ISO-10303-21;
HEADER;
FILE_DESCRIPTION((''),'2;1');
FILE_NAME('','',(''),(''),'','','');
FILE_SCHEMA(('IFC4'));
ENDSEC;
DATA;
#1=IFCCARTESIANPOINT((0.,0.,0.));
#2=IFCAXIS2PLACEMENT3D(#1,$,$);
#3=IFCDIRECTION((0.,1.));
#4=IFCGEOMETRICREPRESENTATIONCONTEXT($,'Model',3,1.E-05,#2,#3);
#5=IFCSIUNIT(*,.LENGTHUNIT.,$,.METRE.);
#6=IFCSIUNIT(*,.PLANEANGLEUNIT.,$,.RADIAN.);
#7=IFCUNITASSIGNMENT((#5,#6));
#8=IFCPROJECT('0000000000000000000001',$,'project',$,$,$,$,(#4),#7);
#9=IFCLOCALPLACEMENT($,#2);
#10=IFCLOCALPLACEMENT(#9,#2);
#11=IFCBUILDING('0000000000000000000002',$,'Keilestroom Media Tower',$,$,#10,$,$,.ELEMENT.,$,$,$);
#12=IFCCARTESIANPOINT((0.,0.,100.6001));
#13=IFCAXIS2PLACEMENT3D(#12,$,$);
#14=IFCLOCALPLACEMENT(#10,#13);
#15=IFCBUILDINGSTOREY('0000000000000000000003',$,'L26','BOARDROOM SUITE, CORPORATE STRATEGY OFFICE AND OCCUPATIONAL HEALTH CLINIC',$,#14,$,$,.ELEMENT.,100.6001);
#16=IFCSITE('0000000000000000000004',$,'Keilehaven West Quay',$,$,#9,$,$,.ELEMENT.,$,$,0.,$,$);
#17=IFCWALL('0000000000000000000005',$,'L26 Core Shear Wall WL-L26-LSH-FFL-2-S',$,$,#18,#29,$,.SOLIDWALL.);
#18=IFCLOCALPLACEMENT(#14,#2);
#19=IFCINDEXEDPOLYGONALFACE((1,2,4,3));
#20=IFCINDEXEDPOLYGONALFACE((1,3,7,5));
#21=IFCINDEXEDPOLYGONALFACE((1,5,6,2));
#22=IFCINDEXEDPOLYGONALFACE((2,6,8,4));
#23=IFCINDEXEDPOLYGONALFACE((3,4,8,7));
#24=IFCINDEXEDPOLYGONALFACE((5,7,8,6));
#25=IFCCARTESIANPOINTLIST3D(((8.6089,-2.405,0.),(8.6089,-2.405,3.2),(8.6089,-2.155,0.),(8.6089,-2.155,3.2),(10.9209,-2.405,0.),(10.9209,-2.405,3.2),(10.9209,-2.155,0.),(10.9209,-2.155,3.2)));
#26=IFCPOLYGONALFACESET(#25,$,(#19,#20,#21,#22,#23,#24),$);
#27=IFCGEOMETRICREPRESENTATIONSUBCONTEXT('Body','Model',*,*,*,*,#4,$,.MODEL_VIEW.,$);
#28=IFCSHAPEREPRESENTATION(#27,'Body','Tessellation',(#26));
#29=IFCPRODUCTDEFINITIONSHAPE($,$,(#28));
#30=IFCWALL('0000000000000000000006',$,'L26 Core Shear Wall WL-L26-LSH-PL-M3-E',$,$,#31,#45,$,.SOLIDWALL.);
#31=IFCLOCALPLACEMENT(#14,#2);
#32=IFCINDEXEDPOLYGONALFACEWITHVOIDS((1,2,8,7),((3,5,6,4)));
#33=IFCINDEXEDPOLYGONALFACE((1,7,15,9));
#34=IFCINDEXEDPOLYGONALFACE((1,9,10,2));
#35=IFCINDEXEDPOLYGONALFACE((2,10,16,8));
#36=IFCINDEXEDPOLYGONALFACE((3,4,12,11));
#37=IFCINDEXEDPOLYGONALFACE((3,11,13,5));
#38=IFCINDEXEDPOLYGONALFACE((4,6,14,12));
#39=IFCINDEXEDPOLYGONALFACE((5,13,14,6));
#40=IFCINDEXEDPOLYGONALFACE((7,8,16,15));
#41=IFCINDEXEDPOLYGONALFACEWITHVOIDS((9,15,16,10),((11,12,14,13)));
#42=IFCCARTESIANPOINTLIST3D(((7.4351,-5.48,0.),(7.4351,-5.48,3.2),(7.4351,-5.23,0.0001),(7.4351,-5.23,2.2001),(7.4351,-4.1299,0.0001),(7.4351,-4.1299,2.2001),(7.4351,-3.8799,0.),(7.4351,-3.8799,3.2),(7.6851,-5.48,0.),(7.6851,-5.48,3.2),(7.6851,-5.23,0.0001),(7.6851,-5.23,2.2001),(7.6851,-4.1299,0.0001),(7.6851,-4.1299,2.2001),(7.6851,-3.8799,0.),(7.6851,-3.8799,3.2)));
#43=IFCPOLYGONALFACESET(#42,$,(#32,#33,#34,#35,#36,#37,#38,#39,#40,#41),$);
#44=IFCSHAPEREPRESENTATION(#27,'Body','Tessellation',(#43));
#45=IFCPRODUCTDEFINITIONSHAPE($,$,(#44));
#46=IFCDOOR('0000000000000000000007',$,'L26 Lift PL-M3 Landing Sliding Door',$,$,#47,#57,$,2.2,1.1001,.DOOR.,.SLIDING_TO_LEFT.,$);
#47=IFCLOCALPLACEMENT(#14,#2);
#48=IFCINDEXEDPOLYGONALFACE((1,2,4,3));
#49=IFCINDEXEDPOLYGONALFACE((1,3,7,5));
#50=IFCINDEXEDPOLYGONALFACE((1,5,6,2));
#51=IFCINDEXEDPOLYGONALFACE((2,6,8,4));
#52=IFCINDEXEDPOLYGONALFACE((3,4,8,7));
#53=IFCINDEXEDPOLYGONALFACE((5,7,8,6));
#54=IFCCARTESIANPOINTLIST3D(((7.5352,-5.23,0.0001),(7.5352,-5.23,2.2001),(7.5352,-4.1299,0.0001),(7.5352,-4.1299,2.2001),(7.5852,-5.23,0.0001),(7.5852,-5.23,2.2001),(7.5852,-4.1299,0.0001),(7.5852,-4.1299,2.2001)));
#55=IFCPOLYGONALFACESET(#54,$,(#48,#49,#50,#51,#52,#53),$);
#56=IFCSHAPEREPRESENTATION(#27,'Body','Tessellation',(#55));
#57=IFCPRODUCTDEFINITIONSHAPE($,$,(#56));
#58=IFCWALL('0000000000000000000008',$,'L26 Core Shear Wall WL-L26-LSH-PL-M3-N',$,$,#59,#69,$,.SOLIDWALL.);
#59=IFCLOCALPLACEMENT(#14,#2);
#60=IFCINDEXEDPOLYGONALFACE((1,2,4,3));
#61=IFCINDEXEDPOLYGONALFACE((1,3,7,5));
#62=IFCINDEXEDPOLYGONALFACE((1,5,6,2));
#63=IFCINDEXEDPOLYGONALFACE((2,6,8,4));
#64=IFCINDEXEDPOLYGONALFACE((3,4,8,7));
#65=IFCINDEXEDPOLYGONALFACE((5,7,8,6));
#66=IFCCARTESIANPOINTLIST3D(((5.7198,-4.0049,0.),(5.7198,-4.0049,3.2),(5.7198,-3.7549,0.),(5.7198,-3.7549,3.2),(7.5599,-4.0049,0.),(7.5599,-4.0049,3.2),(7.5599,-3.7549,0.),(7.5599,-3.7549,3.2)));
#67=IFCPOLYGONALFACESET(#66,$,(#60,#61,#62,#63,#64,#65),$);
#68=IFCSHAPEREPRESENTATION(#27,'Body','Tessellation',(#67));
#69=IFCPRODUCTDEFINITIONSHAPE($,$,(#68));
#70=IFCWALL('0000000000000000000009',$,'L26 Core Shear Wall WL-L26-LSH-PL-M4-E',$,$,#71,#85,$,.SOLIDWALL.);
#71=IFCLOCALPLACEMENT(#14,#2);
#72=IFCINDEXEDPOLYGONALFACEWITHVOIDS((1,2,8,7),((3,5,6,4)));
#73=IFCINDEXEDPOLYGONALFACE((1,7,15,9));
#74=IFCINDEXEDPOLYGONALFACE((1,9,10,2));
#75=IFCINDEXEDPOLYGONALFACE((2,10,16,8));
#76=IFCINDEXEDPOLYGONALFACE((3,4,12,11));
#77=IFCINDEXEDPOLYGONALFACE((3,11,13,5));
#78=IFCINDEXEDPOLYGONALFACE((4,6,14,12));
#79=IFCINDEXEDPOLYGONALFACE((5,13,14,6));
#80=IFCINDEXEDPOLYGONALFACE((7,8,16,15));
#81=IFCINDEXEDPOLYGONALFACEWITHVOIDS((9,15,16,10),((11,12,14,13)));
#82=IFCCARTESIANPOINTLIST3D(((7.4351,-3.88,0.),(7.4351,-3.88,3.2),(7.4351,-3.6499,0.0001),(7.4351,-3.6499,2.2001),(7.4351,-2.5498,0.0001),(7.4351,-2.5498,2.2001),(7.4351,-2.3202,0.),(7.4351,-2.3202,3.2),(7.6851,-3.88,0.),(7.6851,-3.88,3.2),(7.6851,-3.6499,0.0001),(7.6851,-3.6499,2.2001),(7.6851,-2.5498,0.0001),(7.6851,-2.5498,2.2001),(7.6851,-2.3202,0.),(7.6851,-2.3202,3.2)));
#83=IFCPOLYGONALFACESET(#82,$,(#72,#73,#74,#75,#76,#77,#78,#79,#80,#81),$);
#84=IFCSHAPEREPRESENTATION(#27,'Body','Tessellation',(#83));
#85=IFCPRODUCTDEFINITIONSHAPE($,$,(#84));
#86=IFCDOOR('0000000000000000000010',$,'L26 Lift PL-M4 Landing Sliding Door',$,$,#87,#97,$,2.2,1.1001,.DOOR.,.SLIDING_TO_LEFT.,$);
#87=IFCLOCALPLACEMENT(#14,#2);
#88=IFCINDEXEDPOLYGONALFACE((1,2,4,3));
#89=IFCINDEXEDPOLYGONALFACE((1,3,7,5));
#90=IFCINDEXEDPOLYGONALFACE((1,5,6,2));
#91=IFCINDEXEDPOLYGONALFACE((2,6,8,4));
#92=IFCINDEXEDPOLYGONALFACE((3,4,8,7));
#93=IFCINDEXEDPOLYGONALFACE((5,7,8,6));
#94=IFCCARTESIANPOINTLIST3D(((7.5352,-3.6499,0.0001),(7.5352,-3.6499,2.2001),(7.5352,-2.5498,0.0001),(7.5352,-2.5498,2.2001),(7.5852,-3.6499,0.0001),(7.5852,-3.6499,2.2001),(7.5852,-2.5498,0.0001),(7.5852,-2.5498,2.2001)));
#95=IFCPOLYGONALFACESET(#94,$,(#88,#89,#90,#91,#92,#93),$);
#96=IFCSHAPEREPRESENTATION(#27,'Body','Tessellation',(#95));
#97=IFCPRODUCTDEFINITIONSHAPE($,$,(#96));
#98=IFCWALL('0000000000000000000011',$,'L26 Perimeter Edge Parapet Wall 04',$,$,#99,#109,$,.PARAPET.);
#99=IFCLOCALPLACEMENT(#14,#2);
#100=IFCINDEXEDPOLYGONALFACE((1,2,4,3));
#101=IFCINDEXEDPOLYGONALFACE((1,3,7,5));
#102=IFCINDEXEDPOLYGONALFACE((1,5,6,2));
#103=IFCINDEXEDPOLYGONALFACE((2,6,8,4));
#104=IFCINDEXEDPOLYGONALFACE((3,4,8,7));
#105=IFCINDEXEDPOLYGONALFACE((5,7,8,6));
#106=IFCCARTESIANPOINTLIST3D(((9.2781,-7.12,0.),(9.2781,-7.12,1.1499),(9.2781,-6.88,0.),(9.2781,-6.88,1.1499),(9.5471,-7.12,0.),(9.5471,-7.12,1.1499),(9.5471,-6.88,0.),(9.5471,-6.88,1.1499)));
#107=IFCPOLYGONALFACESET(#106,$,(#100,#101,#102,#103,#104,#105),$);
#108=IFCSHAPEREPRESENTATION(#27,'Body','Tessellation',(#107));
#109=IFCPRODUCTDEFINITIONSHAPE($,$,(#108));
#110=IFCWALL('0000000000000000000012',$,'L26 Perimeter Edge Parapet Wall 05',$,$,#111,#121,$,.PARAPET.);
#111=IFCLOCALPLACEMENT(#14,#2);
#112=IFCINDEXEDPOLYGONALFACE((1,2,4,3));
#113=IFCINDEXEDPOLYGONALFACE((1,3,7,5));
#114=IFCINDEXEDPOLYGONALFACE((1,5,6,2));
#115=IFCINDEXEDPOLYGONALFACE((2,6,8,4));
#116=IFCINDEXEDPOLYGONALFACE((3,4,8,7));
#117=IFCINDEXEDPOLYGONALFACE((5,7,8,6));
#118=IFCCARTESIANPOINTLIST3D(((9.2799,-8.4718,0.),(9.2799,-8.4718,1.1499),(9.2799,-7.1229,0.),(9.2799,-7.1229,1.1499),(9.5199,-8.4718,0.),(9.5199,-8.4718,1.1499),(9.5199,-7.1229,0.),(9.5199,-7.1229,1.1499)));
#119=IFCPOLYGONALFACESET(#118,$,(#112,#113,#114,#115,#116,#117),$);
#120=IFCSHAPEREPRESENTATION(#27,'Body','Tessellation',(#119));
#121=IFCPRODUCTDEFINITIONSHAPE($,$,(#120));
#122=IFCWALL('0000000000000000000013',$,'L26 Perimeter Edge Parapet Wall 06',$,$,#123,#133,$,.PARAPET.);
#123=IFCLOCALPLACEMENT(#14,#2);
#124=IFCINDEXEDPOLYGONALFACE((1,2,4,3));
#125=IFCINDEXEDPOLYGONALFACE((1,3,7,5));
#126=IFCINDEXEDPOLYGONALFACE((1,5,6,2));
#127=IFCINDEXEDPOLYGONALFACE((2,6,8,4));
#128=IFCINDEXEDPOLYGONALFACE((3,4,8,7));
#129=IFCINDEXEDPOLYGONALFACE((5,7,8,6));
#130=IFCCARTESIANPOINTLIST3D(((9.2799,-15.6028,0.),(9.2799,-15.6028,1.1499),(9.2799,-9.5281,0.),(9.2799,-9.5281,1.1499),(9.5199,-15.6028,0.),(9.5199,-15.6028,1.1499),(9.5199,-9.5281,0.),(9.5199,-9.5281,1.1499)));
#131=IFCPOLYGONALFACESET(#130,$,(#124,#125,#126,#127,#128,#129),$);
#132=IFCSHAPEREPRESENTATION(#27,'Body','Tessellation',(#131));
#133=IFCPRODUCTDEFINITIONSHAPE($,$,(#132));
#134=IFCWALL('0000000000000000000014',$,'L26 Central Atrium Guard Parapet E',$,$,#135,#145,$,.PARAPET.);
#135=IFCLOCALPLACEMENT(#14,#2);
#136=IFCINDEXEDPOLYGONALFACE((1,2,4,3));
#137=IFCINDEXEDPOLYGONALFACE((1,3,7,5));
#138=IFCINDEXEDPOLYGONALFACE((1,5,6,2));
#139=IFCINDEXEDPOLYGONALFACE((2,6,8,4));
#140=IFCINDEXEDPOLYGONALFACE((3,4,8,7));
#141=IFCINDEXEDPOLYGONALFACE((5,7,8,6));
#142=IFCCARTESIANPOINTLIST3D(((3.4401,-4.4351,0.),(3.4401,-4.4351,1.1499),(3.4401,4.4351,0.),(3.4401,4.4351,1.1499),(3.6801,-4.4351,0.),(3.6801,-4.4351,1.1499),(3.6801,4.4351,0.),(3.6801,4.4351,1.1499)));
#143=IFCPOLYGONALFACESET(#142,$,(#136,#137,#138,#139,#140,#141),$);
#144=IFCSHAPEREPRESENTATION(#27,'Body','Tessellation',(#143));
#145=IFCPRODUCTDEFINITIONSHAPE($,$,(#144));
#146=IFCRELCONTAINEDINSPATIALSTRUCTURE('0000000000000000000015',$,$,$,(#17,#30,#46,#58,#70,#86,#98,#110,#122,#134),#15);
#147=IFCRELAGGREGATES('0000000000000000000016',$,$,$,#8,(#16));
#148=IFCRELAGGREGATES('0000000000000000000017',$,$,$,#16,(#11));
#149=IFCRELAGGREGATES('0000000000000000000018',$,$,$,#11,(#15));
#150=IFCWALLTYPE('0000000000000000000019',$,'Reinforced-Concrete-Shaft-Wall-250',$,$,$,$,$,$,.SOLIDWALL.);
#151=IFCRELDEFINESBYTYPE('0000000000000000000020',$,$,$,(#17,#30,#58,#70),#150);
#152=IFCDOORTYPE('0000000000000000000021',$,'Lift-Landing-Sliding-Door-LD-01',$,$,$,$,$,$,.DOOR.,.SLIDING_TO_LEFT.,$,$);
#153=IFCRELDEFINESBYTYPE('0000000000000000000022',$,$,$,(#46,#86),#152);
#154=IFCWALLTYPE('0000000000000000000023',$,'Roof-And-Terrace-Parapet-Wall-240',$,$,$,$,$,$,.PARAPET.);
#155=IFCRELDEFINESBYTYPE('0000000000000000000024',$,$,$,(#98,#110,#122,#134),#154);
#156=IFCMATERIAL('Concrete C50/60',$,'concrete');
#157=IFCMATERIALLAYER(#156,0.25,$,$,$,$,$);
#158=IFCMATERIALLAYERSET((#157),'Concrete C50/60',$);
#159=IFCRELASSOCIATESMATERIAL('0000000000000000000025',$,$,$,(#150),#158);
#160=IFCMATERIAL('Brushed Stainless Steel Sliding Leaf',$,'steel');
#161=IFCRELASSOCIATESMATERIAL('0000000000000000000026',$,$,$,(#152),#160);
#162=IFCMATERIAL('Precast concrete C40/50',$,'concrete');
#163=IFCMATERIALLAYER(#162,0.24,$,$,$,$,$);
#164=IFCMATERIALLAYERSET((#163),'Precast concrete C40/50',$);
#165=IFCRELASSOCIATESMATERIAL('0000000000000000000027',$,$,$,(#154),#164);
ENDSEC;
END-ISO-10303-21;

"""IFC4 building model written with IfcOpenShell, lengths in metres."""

from ifc_helpers import new_model, si_unit, direction, frame, frame_2d, origin, place, context, subcontext, project, spatial, rectangle, extrude, source, transform, mapped, material, layer, layer_set, type_object, element, fill, save


model = new_model("IFC4")

# Units and contexts
model_context = context("Model", 3, precision=1e-05, world=origin(), true_north=direction((0.0, 1.0)))
body_context = subcontext(model_context, "Body", "Model", "MODEL_VIEW")
ifc_project = project(units=[si_unit("LENGTHUNIT", "METRE"), si_unit("PLANEANGLEUNIT", "RADIAN")], contexts=[model_context])

# Site, building, storey
site_placement = place(None, origin())
site = spatial("IfcSite", under=ifc_project, at=site_placement, Name="Keilehaven West Quay", CompositionType="ELEMENT", RefElevation=0.0)
building_placement = place(site_placement, origin())
building = spatial("IfcBuilding", under=site, at=building_placement, Name="Keilestroom Media Tower", CompositionType="ELEMENT")
storey_placement = place(building_placement, frame((0.0, 0.0, 100.6001)))
storey = spatial("IfcBuildingStorey", under=building, at=storey_placement, Name="L26", Description="BOARDROOM SUITE, CORPORATE STRATEGY OFFICE AND OCCUPATIONAL HEALTH CLINIC", CompositionType="ELEMENT", Elevation=100.6001)

# Shared definitions
ifc_material_1 = material(Name="Concrete C50/60", Category="concrete")
ifc_layer_1 = layer(ifc_material_1, 0.25)
ifc_layer_set_1 = layer_set([ifc_layer_1], Name="Concrete C50/60")
wall_type_1 = type_object("IfcWallType", Name="Reinforced-Concrete-Shaft-Wall-250", PredefinedType="SOLIDWALL", material=ifc_layer_set_1)

# Shared definitions
ifc_material_2 = material(Name="Brushed Stainless Steel Sliding Leaf", Category="steel")

# Wall
wall_1_placement = place(storey_placement, frame((8.6089, -2.28, 0.0), z_axis=(0.0, 0.0, 1.0), x_axis=(1.0, 0.0, 0.0)))
element("IfcWall", 1, at=wall_1_placement, inside=storey, type_object=wall_type_1, Name="L26 Core Shear Wall WL-L26-LSH-FFL-2-S", PredefinedType="SOLIDWALL", context=body_context, shape_type="SweptSolid", body=[
    extrude(rectangle(XDim=2.312, YDim=0.25, at=frame_2d((1.156, 0.0))), origin(), (0.0, 0.0, 1.0), 3.2),
])

# Wall, opening, door
wall_2_placement = place(storey_placement, frame((7.5601, -5.48, 0.0), z_axis=(0.0, 0.0, 1.0), x_axis=(0.0, 1.0, 0.0)))
wall_2 = element("IfcWall", 2, at=wall_2_placement, inside=storey, type_object=wall_type_1, Name="L26 Core Shear Wall WL-L26-LSH-PL-M3-E", PredefinedType="SOLIDWALL", context=body_context, shape_type="SweptSolid", body=[
    extrude(rectangle(XDim=1.6001, YDim=0.25, at=frame_2d((0.8, 0.0))), origin(), (0.0, 0.0, 1.0), 3.2),
])
opening_1_placement = place(wall_2_placement, frame((0.25, 0.0, 0.0)))
opening_1 = element("IfcOpeningElement", 3, at=opening_1_placement, cuts=wall_2, PredefinedType="OPENING", context=body_context, shape_type="SweptSolid", body=[
    extrude(rectangle(XDim=1.1001, YDim=2.2, at=frame_2d((0.55, 1.1001))), frame((0.0, 0.135, 0.0), z_axis=(0.0, -1.0, 0.0), x_axis=(1.0, 0.0, 0.0)), (0.0, 0.0, 1.0), 0.27),
])
door_type_1 = type_object("IfcDoorType", Name="Lift-Landing-Sliding-Door-LD-01", OperationType="SLIDING_TO_LEFT", PredefinedType="DOOR", material=ifc_material_2)
shared_shape_1 = source(origin(), body_context, "Body", "SweptSolid", [
    extrude(rectangle(XDim=1.1001, YDim=2.2, at=frame_2d((0.55, 1.1001))), frame((0.0, 0.0249, 0.0), z_axis=(0.0, -1.0, 0.0), x_axis=(1.0, 0.0, 0.0)), (0.0, 0.0, 1.0), 0.05),
])
door_1_placement = place(opening_1_placement, origin())
door_1 = element("IfcDoor", 4, at=door_1_placement, inside=storey, type_object=door_type_1, Name="L26 Lift PL-M3 Landing Sliding Door", OperationType="SLIDING_TO_LEFT", OverallHeight=2.2, OverallWidth=1.1001, PredefinedType="DOOR", context=body_context, shape_type="MappedRepresentation", body=[
    mapped(shared_shape_1, transform((0.0, 0.0, 0.0), x_axis=(1.0, 0.0, 0.0), y_axis=(0.0, 1.0, 0.0), z_axis=(0.0, 0.0, 1.0), scale=1.0)),
])
fill(opening_1, door_1)

# Wall
wall_3_placement = place(storey_placement, frame((5.72, -3.8799, 0.0), z_axis=(0.0, 0.0, 1.0), x_axis=(1.0, 0.0, 0.0)))
element("IfcWall", 5, at=wall_3_placement, inside=storey, type_object=wall_type_1, Name="L26 Core Shear Wall WL-L26-LSH-PL-M3-N", PredefinedType="SOLIDWALL", context=body_context, shape_type="SweptSolid", body=[
    extrude(rectangle(XDim=1.8401, YDim=0.25, at=frame_2d((0.9199, 0.0))), origin(), (0.0, 0.0, 1.0), 3.2),
])

# Wall, opening, door
wall_4_placement = place(storey_placement, frame((7.5601, -3.8799, 0.0), z_axis=(0.0, 0.0, 1.0), x_axis=(0.0, 1.0, 0.0)))
wall_4 = element("IfcWall", 6, at=wall_4_placement, inside=storey, type_object=wall_type_1, Name="L26 Core Shear Wall WL-L26-LSH-PL-M4-E", PredefinedType="SOLIDWALL", context=body_context, shape_type="SweptSolid", body=[
    extrude(rectangle(XDim=1.5598, YDim=0.25, at=frame_2d((0.7798, 0.0))), origin(), (0.0, 0.0, 1.0), 3.2),
])
opening_2_placement = place(wall_4_placement, frame((0.23, 0.0, 0.0)))
opening_2 = element("IfcOpeningElement", 7, at=opening_2_placement, cuts=wall_4, PredefinedType="OPENING", context=body_context, shape_type="SweptSolid", body=[
    extrude(rectangle(XDim=1.1001, YDim=2.2, at=frame_2d((0.55, 1.1001))), frame((0.0, 0.135, 0.0), z_axis=(0.0, -1.0, 0.0), x_axis=(1.0, 0.0, 0.0)), (0.0, 0.0, 1.0), 0.27),
])
door_2_placement = place(opening_2_placement, origin())
door_2 = element("IfcDoor", 8, at=door_2_placement, inside=storey, type_object=door_type_1, Name="L26 Lift PL-M4 Landing Sliding Door", OperationType="SLIDING_TO_LEFT", OverallHeight=2.2, OverallWidth=1.1001, PredefinedType="DOOR", context=body_context, shape_type="MappedRepresentation", body=[
    mapped(shared_shape_1, transform((0.0, 0.0, 0.0), x_axis=(1.0, 0.0, 0.0), y_axis=(0.0, 1.0, 0.0), z_axis=(0.0, 0.0, 1.0), scale=1.0)),
])
fill(opening_2, door_2)

# Walls
ifc_material_3 = material(Name="Precast concrete C40/50", Category="concrete")
ifc_layer_2 = layer(ifc_material_3, 0.24)
ifc_layer_set_2 = layer_set([ifc_layer_2], Name="Precast concrete C40/50")
wall_type_2 = type_object("IfcWallType", Name="Roof-And-Terrace-Parapet-Wall-240", PredefinedType="PARAPET", material=ifc_layer_set_2)
wall_5_placement = place(storey_placement, frame((9.5471, -7.0, 0.0), z_axis=(0.0, 0.0, 1.0), x_axis=(-1.0, 0.0, 0.0)))
element("IfcWall", 9, at=wall_5_placement, inside=storey, type_object=wall_type_2, Name="L26 Perimeter Edge Parapet Wall 04", PredefinedType="PARAPET", context=body_context, shape_type="SweptSolid", body=[
    extrude(rectangle(XDim=0.269, YDim=0.24, at=frame_2d((0.1345, 0.0))), origin(), (0.0, 0.0, 1.0), 1.1499),
])
wall_6_placement = place(storey_placement, frame((9.3999, -7.123, 0.0), z_axis=(0.0, 0.0, 1.0), x_axis=(0.0, -1.0, 0.0)))
element("IfcWall", 10, at=wall_6_placement, inside=storey, type_object=wall_type_2, Name="L26 Perimeter Edge Parapet Wall 05", PredefinedType="PARAPET", context=body_context, shape_type="SweptSolid", body=[
    extrude(rectangle(XDim=1.3489, YDim=0.24, at=frame_2d((0.6743, 0.0))), origin(), (0.0, 0.0, 1.0), 1.1499),
])
wall_7_placement = place(storey_placement, frame((9.3999, -9.5281, 0.0), z_axis=(0.0, 0.0, 1.0), x_axis=(0.0, -1.0, 0.0)))
element("IfcWall", 11, at=wall_7_placement, inside=storey, type_object=wall_type_2, Name="L26 Perimeter Edge Parapet Wall 06", PredefinedType="PARAPET", context=body_context, shape_type="SweptSolid", body=[
    extrude(rectangle(XDim=6.0747, YDim=0.24, at=frame_2d((3.0374, 0.0))), origin(), (0.0, 0.0, 1.0), 1.1499),
])
wall_8_placement = place(storey_placement, frame((3.5601, -4.4351, 0.0), z_axis=(0.0, 0.0, 1.0), x_axis=(0.0, 1.0, 0.0)))
element("IfcWall", 12, at=wall_8_placement, inside=storey, type_object=wall_type_2, Name="L26 Central Atrium Guard Parapet E", PredefinedType="PARAPET", context=body_context, shape_type="SweptSolid", body=[
    extrude(rectangle(XDim=8.8701, YDim=0.24, at=frame_2d((4.4351, 0.0))), origin(), (0.0, 0.0, 1.0), 1.1499),
])

save(model, "model.ifc")
